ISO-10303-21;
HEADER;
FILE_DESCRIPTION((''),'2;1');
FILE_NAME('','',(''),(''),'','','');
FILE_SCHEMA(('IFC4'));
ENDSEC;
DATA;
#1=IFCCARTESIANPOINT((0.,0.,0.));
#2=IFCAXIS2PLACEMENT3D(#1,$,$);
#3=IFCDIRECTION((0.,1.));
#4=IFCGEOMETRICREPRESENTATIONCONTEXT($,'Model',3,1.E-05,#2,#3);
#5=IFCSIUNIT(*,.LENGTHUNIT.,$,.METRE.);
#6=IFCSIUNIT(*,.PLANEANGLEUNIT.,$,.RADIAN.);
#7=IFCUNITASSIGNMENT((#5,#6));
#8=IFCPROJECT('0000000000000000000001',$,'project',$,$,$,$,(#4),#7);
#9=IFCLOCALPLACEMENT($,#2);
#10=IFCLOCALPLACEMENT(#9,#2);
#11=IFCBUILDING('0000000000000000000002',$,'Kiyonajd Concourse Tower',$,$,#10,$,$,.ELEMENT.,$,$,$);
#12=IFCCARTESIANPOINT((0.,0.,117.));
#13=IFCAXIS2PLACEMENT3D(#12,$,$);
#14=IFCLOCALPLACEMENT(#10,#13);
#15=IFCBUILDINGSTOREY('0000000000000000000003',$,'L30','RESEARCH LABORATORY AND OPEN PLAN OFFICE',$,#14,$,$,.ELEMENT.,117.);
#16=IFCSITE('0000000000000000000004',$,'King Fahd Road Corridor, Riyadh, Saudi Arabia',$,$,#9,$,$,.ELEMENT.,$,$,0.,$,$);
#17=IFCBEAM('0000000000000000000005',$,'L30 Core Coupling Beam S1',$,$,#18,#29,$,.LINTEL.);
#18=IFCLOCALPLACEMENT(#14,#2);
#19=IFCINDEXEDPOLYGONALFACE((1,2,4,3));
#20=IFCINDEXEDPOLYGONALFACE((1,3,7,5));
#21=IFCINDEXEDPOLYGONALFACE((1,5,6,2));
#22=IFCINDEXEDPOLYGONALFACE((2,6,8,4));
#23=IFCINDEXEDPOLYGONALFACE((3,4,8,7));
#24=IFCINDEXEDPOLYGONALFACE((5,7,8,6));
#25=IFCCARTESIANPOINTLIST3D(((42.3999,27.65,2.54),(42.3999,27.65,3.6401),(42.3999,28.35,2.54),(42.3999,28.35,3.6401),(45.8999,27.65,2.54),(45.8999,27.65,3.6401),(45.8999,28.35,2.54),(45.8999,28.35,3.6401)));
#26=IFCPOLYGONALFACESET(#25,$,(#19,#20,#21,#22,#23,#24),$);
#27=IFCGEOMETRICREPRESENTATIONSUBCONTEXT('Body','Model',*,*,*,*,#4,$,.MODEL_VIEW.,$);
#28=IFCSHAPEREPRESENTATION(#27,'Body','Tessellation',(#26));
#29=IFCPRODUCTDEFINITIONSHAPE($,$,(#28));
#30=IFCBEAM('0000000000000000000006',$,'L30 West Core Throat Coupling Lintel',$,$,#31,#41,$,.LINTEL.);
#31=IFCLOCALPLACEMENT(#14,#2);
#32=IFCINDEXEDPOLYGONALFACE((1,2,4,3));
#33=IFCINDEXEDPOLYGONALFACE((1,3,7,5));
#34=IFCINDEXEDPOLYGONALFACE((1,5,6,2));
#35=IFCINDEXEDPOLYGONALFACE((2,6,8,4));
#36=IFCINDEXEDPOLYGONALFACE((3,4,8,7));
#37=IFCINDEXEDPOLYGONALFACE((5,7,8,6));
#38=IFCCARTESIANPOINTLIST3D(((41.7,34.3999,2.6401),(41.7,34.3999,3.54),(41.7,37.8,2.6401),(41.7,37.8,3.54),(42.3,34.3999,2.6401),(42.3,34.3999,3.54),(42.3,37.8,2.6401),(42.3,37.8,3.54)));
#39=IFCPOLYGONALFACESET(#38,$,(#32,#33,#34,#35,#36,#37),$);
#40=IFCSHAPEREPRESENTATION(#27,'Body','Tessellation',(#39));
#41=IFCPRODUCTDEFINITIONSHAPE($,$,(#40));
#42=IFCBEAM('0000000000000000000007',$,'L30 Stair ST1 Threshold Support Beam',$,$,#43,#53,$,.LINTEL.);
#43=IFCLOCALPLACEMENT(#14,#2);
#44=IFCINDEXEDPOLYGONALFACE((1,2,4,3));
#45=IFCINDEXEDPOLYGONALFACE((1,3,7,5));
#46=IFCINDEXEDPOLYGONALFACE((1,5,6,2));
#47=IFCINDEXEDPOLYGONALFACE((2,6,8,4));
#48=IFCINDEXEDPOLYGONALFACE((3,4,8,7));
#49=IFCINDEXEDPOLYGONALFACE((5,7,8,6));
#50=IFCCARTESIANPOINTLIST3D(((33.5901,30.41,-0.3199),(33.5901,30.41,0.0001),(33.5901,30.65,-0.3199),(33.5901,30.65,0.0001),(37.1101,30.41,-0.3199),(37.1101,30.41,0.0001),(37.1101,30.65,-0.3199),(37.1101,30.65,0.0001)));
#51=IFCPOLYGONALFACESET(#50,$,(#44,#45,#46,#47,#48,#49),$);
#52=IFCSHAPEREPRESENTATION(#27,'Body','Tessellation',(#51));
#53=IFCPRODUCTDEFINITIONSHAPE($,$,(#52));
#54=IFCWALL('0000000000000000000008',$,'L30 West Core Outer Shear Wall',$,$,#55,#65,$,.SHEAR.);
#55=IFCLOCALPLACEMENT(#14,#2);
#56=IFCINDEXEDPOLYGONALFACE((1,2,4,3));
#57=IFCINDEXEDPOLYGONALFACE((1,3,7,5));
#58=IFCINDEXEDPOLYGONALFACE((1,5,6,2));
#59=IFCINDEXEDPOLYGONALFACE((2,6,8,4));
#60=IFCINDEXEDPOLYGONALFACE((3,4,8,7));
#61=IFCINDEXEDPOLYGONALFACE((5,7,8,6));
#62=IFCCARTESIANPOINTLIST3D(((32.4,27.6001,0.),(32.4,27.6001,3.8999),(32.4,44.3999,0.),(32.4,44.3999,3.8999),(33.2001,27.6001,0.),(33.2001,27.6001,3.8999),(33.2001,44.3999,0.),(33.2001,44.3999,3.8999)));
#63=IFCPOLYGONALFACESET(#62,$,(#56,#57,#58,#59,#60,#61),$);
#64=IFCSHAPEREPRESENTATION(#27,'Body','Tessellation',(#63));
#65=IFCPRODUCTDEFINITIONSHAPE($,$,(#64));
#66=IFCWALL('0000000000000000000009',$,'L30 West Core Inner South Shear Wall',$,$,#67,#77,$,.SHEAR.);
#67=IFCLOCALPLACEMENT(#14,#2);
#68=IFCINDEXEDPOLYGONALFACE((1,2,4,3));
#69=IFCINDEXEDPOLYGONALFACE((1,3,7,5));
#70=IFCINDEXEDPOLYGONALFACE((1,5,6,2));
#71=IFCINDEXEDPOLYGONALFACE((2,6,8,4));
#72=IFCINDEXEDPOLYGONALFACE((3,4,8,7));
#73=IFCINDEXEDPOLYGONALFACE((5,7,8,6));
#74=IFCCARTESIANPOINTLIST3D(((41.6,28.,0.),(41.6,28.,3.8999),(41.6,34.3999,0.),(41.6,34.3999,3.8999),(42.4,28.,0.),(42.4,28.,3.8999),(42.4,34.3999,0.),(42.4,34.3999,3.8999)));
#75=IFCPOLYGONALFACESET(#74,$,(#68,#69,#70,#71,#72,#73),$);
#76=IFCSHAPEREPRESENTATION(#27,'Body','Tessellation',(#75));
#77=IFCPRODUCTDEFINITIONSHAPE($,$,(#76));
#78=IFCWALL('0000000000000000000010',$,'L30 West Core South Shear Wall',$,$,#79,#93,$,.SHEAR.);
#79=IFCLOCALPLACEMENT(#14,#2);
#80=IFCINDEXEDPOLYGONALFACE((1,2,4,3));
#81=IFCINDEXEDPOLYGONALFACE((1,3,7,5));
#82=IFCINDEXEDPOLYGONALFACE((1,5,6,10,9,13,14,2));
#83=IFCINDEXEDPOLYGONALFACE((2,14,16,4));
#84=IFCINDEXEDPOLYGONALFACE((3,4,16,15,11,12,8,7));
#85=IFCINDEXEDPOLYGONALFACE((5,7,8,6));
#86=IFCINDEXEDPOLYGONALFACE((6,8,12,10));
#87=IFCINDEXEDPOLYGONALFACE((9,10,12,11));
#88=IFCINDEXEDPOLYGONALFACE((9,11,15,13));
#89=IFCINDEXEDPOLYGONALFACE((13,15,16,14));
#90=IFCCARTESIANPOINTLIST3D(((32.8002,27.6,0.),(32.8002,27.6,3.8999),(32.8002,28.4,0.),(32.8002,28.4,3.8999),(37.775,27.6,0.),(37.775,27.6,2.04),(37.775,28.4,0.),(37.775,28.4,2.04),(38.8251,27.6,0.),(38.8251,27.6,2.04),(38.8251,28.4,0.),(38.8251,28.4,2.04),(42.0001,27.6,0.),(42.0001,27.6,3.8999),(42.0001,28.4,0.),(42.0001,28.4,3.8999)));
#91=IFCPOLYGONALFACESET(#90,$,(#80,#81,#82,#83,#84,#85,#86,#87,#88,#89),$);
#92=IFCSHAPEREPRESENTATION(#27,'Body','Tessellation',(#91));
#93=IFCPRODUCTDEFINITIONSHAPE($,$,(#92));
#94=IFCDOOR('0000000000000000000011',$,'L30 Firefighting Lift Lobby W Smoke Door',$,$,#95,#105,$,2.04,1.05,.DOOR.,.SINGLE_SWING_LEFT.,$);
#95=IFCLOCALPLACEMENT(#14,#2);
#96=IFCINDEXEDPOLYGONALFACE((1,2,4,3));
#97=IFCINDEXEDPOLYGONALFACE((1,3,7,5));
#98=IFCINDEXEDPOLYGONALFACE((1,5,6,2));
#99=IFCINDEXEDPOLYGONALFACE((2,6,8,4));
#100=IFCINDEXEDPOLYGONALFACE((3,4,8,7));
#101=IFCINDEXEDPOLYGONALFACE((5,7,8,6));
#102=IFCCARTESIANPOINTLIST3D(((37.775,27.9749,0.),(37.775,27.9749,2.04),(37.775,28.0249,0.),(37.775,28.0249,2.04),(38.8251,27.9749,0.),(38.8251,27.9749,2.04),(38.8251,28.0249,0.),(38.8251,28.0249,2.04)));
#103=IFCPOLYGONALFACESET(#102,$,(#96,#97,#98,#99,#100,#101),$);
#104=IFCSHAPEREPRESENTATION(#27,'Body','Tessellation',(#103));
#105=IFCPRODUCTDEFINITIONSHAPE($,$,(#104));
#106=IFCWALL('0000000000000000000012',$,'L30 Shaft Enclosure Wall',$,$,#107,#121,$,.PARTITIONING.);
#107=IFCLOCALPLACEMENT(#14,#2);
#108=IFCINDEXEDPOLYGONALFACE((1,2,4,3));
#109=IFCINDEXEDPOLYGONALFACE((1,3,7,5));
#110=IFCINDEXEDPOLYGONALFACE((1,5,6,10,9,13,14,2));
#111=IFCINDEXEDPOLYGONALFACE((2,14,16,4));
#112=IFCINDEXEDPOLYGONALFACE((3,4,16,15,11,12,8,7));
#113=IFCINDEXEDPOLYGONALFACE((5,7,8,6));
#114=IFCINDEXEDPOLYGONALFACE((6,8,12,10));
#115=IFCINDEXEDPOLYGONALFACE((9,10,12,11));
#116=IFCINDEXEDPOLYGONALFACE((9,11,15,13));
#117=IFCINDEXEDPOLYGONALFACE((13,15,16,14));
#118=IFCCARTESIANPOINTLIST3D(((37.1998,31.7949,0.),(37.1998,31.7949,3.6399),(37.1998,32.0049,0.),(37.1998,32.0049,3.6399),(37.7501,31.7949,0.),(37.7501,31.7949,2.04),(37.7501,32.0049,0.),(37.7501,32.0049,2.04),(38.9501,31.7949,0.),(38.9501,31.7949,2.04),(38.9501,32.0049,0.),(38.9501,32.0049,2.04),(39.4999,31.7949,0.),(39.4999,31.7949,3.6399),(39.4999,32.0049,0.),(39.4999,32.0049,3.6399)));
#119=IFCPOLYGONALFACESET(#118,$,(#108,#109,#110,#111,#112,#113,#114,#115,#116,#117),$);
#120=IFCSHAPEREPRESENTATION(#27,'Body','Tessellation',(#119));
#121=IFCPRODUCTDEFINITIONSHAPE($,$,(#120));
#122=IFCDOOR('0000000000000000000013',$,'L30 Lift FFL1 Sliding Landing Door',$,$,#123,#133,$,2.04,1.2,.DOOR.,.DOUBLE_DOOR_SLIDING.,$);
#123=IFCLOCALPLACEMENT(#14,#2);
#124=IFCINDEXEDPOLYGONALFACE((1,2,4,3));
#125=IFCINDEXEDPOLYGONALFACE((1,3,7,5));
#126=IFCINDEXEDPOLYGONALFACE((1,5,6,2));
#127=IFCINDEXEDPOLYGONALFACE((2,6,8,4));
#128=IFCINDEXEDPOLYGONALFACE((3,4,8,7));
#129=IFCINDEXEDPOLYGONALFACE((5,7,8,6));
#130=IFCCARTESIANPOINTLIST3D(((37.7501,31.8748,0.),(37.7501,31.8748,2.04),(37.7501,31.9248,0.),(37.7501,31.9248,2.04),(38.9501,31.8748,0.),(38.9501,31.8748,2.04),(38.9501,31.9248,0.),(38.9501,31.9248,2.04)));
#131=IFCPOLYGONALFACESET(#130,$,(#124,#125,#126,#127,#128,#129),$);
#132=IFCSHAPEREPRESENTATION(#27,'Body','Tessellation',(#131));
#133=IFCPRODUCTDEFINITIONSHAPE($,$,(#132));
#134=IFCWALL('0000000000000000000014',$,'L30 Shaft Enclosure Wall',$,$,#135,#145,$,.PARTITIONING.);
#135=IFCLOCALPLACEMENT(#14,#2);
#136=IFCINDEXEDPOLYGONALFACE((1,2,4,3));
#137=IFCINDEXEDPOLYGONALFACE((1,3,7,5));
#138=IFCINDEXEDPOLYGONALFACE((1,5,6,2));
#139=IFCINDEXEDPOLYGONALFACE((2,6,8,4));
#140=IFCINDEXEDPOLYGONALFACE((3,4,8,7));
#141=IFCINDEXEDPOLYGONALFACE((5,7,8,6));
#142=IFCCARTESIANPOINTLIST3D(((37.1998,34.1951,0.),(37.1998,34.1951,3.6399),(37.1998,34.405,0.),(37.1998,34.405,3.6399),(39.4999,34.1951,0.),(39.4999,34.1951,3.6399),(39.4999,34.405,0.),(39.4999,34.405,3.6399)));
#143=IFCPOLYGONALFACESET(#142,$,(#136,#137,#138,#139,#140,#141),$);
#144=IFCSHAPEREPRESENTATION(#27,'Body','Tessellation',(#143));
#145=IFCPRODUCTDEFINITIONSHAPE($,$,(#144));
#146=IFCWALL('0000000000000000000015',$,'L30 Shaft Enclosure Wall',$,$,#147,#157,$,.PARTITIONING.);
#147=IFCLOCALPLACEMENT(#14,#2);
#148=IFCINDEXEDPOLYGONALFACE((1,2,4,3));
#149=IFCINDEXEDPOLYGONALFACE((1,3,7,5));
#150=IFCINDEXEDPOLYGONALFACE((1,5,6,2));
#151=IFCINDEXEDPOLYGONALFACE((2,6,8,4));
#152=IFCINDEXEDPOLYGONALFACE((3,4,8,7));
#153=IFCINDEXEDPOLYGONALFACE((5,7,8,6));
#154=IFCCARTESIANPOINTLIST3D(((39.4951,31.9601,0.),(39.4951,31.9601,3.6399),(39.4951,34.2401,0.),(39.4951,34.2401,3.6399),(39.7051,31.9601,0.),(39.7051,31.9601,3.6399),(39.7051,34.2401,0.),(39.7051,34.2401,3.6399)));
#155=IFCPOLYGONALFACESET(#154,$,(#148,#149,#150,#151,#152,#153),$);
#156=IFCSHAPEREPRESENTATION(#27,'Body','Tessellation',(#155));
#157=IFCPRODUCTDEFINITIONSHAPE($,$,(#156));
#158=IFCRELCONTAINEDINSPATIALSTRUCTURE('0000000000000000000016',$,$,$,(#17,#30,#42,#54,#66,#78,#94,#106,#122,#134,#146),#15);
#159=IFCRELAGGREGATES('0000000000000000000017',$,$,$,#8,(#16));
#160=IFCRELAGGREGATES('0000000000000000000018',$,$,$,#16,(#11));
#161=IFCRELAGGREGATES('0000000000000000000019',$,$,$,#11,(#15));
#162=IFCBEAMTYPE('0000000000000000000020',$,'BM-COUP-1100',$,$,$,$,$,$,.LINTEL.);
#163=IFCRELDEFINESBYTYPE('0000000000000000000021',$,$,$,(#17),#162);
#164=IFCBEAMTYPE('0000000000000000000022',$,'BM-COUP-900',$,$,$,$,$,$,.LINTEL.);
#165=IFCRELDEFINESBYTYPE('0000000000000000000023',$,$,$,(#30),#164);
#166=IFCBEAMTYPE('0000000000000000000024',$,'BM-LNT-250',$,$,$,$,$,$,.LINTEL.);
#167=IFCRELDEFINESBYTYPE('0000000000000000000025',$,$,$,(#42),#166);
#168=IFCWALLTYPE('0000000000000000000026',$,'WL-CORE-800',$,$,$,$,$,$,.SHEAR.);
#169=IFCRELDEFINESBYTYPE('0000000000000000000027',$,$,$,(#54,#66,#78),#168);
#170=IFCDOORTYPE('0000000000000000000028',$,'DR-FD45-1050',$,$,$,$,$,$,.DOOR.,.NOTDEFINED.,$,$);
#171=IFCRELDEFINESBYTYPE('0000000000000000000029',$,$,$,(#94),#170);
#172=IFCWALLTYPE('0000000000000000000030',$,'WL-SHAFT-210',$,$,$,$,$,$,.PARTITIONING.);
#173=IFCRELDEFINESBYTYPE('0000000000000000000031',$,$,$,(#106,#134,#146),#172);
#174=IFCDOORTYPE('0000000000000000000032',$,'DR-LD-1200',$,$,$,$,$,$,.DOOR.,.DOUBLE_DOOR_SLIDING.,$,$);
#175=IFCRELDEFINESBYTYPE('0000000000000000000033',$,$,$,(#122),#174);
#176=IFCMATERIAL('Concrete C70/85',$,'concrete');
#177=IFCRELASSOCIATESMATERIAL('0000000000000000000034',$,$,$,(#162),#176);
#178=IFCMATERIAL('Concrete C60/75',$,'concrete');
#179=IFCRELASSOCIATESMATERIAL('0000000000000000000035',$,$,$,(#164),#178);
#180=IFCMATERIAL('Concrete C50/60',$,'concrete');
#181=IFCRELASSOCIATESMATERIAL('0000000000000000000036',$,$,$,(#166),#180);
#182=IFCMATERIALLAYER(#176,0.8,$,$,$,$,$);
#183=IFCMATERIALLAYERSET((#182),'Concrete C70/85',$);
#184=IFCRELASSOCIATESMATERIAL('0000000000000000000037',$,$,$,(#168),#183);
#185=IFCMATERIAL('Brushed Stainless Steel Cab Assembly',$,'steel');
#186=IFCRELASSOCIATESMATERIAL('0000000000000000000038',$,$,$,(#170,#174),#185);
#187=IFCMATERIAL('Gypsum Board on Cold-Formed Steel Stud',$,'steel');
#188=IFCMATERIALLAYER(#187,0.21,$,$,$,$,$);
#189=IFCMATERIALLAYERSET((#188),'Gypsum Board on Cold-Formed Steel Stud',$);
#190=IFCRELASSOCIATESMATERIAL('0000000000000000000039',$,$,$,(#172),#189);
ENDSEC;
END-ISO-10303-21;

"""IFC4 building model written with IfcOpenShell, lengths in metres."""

from ifc_helpers import new_model, si_unit, direction, frame, frame_2d, origin, origin_2d, place, context, subcontext, project, spatial, rectangle, extrude, material, layer, layer_set, material_profile, profile_set, type_object, element, fill, save


model = new_model("IFC4")

# Units and contexts
model_context = context("Model", 3, precision=1e-05, world=origin(), true_north=direction((0.0, 1.0)))
body_context = subcontext(model_context, "Body", "Model", "MODEL_VIEW")
ifc_project = project(units=[si_unit("LENGTHUNIT", "METRE"), si_unit("PLANEANGLEUNIT", "RADIAN")], contexts=[model_context])

# Site, building, storey
site_placement = place(None, origin())
site = spatial("IfcSite", under=ifc_project, at=site_placement, Name="King Fahd Road Corridor, Riyadh, Saudi Arabia", CompositionType="ELEMENT", RefElevation=0.0)
building_placement = place(site_placement, origin())
building = spatial("IfcBuilding", under=site, at=building_placement, Name="Kiyonajd Concourse Tower", CompositionType="ELEMENT")
storey_placement = place(building_placement, frame((0.0, 0.0, 117.0)))
storey = spatial("IfcBuildingStorey", under=building, at=storey_placement, Name="L30", Description="RESEARCH LABORATORY AND OPEN PLAN OFFICE", CompositionType="ELEMENT", Elevation=117.0)

# Beams
ifc_material_1 = material(Name="Concrete C70/85", Category="concrete")
ifc_material_profile_1 = material_profile(ifc_material_1, rectangle(XDim=0.7, YDim=1.1001, at=origin_2d()), Name="RCBM-700x1100")
ifc_profile_set_1 = profile_set([ifc_material_profile_1], Name="Concrete C70/85")
beam_type_1 = type_object("IfcBeamType", Name="BM-COUP-1100", PredefinedType="LINTEL", material=ifc_profile_set_1)
beam_1_placement = place(storey_placement, frame((42.3999, 28.0, 3.0901), z_axis=(1.0, 0.0, 0.0), x_axis=(0.0, 1.0, 0.0)))
element("IfcBeam", 1, at=beam_1_placement, inside=storey, type_object=beam_type_1, Name="L30 Core Coupling Beam S1", PredefinedType="LINTEL", context=body_context, shape_type="SweptSolid", body=[
    extrude(rectangle(XDim=0.7, YDim=1.1001, at=origin_2d()), origin(), (0.0, 0.0, 1.0), 3.5),
])
ifc_material_2 = material(Name="Concrete C60/75", Category="concrete")
ifc_material_profile_2 = material_profile(ifc_material_2, rectangle(XDim=0.6001, YDim=0.8999, at=origin_2d()), Name="RCBM-600x900")
ifc_profile_set_2 = profile_set([ifc_material_profile_2], Name="Concrete C60/75")
beam_type_2 = type_object("IfcBeamType", Name="BM-COUP-900", PredefinedType="LINTEL", material=ifc_profile_set_2)
beam_2_placement = place(storey_placement, frame((42.0, 34.3999, 3.0901), z_axis=(0.0, 1.0, 0.0), x_axis=(-1.0, 0.0, 0.0)))
element("IfcBeam", 2, at=beam_2_placement, inside=storey, type_object=beam_type_2, Name="L30 West Core Throat Coupling Lintel", PredefinedType="LINTEL", context=body_context, shape_type="SweptSolid", body=[
    extrude(rectangle(XDim=0.6001, YDim=0.8999, at=origin_2d()), origin(), (0.0, 0.0, 1.0), 3.4001),
])
ifc_material_3 = material(Name="Concrete C50/60", Category="concrete")
ifc_material_profile_3 = material_profile(ifc_material_3, rectangle(XDim=0.24, YDim=0.3201, at=origin_2d()), Name="RCBM-240x320")
ifc_profile_set_3 = profile_set([ifc_material_profile_3], Name="Concrete C50/60")
beam_type_3 = type_object("IfcBeamType", Name="BM-LNT-250", PredefinedType="LINTEL", material=ifc_profile_set_3)
beam_3_placement = place(storey_placement, frame((33.5901, 30.53, -0.1599), z_axis=(1.0, 0.0, 0.0), x_axis=(0.0, 1.0, 0.0)))
element("IfcBeam", 3, at=beam_3_placement, inside=storey, type_object=beam_type_3, Name="L30 Stair ST1 Threshold Support Beam", PredefinedType="LINTEL", context=body_context, shape_type="SweptSolid", body=[
    extrude(rectangle(XDim=0.24, YDim=0.3201, at=origin_2d()), origin(), (0.0, 0.0, 1.0), 3.52),
])

# Walls
ifc_layer_1 = layer(ifc_material_1, 0.8)
ifc_layer_set_1 = layer_set([ifc_layer_1], Name="Concrete C70/85")
wall_type_1 = type_object("IfcWallType", Name="WL-CORE-800", PredefinedType="SHEAR", material=ifc_layer_set_1)
wall_1_placement = place(storey_placement, frame((32.8, 27.6001, 0.0), z_axis=(0.0, 0.0, 1.0), x_axis=(0.0, 1.0, 0.0)))
element("IfcWall", 4, at=wall_1_placement, inside=storey, type_object=wall_type_1, Name="L30 West Core Outer Shear Wall", PredefinedType="SHEAR", context=body_context, shape_type="SweptSolid", body=[
    extrude(rectangle(XDim=16.7998, YDim=0.8, at=frame_2d((8.3999, 0.0))), origin(), (0.0, 0.0, 1.0), 3.8999),
])
wall_2_placement = place(storey_placement, frame((42.0, 28.0, 0.0), z_axis=(0.0, 0.0, 1.0), x_axis=(0.0, 1.0, 0.0)))
element("IfcWall", 5, at=wall_2_placement, inside=storey, type_object=wall_type_1, Name="L30 West Core Inner South Shear Wall", PredefinedType="SHEAR", context=body_context, shape_type="SweptSolid", body=[
    extrude(rectangle(XDim=6.3999, YDim=0.8, at=frame_2d((3.2, 0.0))), origin(), (0.0, 0.0, 1.0), 3.8999),
])

# Walls, openings, doors
wall_3_placement = place(storey_placement, frame((32.8, 28.0, 0.0), z_axis=(0.0, 0.0, 1.0), x_axis=(1.0, 0.0, 0.0)))
wall_3 = element("IfcWall", 6, at=wall_3_placement, inside=storey, type_object=wall_type_1, Name="L30 West Core South Shear Wall", PredefinedType="SHEAR", context=body_context, shape_type="SweptSolid", body=[
    extrude(rectangle(XDim=9.2, YDim=0.8, at=frame_2d((4.6001, 0.0))), origin(), (0.0, 0.0, 1.0), 3.8999),
])
opening_1_placement = place(wall_3_placement, frame((4.9751, 0.0, 0.0)))
opening_1 = element("IfcOpeningElement", 7, at=opening_1_placement, cuts=wall_3, PredefinedType="OPENING", context=body_context, shape_type="SweptSolid", body=[
    extrude(rectangle(XDim=1.05, YDim=2.04, at=frame_2d((0.5249, 1.02))), frame((0.0, 0.4099, 0.0), z_axis=(0.0, -1.0, 0.0), x_axis=(1.0, 0.0, 0.0)), (0.0, 0.0, 1.0), 0.8201),
])
ifc_material_4 = material(Name="Brushed Stainless Steel Cab Assembly", Category="steel")
door_type_1 = type_object("IfcDoorType", Name="DR-FD45-1050", OperationType="NOTDEFINED", PredefinedType="DOOR", material=ifc_material_4)
door_1_placement = place(opening_1_placement, origin())
door_1 = element("IfcDoor", 8, at=door_1_placement, inside=storey, type_object=door_type_1, Name="L30 Firefighting Lift Lobby W Smoke Door", OperationType="SINGLE_SWING_LEFT", OverallHeight=2.04, OverallWidth=1.05, PredefinedType="DOOR", context=body_context, shape_type="SweptSolid", body=[
    extrude(rectangle(XDim=1.05, YDim=2.04, at=frame_2d((0.5249, 1.02))), frame((0.0, 0.0249, 0.0), z_axis=(0.0, -1.0, 0.0), x_axis=(1.0, 0.0, 0.0)), (0.0, 0.0, 1.0), 0.05),
])
fill(opening_1, door_1)
ifc_material_5 = material(Name="Gypsum Board on Cold-Formed Steel Stud", Category="steel")
ifc_layer_2 = layer(ifc_material_5, 0.21)
ifc_layer_set_2 = layer_set([ifc_layer_2], Name="Gypsum Board on Cold-Formed Steel Stud")
wall_type_2 = type_object("IfcWallType", Name="WL-SHAFT-210", PredefinedType="PARTITIONING", material=ifc_layer_set_2)
wall_4_placement = place(storey_placement, frame((37.2, 31.8999, 0.0), z_axis=(0.0, 0.0, 1.0), x_axis=(1.0, 0.0, 0.0)))
wall_4 = element("IfcWall", 9, at=wall_4_placement, inside=storey, type_object=wall_type_2, Name="L30 Shaft Enclosure Wall", PredefinedType="PARTITIONING", context=body_context, shape_type="SweptSolid", body=[
    extrude(rectangle(XDim=2.3, YDim=0.21, at=frame_2d((1.1499, 0.0))), origin(), (0.0, 0.0, 1.0), 3.6399),
])
opening_2_placement = place(wall_4_placement, frame((0.55, 0.0, 0.0)))
opening_2 = element("IfcOpeningElement", 10, at=opening_2_placement, cuts=wall_4, PredefinedType="OPENING", context=body_context, shape_type="SweptSolid", body=[
    extrude(rectangle(XDim=1.2, YDim=2.04, at=frame_2d((0.6001, 1.02))), frame((0.0, 0.115, 0.0), z_axis=(0.0, -1.0, 0.0), x_axis=(1.0, 0.0, 0.0)), (0.0, 0.0, 1.0), 0.23),
])
door_type_2 = type_object("IfcDoorType", Name="DR-LD-1200", OperationType="DOUBLE_DOOR_SLIDING", PredefinedType="DOOR", material=ifc_material_4)
door_2_placement = place(opening_2_placement, origin())
door_2 = element("IfcDoor", 11, at=door_2_placement, inside=storey, type_object=door_type_2, Name="L30 Lift FFL1 Sliding Landing Door", OperationType="DOUBLE_DOOR_SLIDING", OverallHeight=2.04, OverallWidth=1.2, PredefinedType="DOOR", context=body_context, shape_type="SweptSolid", body=[
    extrude(rectangle(XDim=1.2, YDim=2.04, at=frame_2d((0.6001, 1.02))), frame((0.0, 0.0249, 0.0), z_axis=(0.0, -1.0, 0.0), x_axis=(1.0, 0.0, 0.0)), (0.0, 0.0, 1.0), 0.05),
])
fill(opening_2, door_2)

# Walls
wall_5_placement = place(storey_placement, frame((37.2, 34.3, 0.0), z_axis=(0.0, 0.0, 1.0), x_axis=(1.0, 0.0, 0.0)))
element("IfcWall", 12, at=wall_5_placement, inside=storey, type_object=wall_type_2, Name="L30 Shaft Enclosure Wall", PredefinedType="PARTITIONING", context=body_context, shape_type="SweptSolid", body=[
    extrude(rectangle(XDim=2.3, YDim=0.21, at=frame_2d((1.1499, 0.0))), origin(), (0.0, 0.0, 1.0), 3.6399),
])
wall_6_placement = place(storey_placement, frame((39.6001, 31.96, 0.0), z_axis=(0.0, 0.0, 1.0), x_axis=(0.0, 1.0, 0.0)))
element("IfcWall", 13, at=wall_6_placement, inside=storey, type_object=wall_type_2, Name="L30 Shaft Enclosure Wall", PredefinedType="PARTITIONING", context=body_context, shape_type="SweptSolid", body=[
    extrude(rectangle(XDim=2.28, YDim=0.21, at=frame_2d((1.1401, 0.0))), origin(), (0.0, 0.0, 1.0), 3.6399),
])

save(model, "model.ifc")
